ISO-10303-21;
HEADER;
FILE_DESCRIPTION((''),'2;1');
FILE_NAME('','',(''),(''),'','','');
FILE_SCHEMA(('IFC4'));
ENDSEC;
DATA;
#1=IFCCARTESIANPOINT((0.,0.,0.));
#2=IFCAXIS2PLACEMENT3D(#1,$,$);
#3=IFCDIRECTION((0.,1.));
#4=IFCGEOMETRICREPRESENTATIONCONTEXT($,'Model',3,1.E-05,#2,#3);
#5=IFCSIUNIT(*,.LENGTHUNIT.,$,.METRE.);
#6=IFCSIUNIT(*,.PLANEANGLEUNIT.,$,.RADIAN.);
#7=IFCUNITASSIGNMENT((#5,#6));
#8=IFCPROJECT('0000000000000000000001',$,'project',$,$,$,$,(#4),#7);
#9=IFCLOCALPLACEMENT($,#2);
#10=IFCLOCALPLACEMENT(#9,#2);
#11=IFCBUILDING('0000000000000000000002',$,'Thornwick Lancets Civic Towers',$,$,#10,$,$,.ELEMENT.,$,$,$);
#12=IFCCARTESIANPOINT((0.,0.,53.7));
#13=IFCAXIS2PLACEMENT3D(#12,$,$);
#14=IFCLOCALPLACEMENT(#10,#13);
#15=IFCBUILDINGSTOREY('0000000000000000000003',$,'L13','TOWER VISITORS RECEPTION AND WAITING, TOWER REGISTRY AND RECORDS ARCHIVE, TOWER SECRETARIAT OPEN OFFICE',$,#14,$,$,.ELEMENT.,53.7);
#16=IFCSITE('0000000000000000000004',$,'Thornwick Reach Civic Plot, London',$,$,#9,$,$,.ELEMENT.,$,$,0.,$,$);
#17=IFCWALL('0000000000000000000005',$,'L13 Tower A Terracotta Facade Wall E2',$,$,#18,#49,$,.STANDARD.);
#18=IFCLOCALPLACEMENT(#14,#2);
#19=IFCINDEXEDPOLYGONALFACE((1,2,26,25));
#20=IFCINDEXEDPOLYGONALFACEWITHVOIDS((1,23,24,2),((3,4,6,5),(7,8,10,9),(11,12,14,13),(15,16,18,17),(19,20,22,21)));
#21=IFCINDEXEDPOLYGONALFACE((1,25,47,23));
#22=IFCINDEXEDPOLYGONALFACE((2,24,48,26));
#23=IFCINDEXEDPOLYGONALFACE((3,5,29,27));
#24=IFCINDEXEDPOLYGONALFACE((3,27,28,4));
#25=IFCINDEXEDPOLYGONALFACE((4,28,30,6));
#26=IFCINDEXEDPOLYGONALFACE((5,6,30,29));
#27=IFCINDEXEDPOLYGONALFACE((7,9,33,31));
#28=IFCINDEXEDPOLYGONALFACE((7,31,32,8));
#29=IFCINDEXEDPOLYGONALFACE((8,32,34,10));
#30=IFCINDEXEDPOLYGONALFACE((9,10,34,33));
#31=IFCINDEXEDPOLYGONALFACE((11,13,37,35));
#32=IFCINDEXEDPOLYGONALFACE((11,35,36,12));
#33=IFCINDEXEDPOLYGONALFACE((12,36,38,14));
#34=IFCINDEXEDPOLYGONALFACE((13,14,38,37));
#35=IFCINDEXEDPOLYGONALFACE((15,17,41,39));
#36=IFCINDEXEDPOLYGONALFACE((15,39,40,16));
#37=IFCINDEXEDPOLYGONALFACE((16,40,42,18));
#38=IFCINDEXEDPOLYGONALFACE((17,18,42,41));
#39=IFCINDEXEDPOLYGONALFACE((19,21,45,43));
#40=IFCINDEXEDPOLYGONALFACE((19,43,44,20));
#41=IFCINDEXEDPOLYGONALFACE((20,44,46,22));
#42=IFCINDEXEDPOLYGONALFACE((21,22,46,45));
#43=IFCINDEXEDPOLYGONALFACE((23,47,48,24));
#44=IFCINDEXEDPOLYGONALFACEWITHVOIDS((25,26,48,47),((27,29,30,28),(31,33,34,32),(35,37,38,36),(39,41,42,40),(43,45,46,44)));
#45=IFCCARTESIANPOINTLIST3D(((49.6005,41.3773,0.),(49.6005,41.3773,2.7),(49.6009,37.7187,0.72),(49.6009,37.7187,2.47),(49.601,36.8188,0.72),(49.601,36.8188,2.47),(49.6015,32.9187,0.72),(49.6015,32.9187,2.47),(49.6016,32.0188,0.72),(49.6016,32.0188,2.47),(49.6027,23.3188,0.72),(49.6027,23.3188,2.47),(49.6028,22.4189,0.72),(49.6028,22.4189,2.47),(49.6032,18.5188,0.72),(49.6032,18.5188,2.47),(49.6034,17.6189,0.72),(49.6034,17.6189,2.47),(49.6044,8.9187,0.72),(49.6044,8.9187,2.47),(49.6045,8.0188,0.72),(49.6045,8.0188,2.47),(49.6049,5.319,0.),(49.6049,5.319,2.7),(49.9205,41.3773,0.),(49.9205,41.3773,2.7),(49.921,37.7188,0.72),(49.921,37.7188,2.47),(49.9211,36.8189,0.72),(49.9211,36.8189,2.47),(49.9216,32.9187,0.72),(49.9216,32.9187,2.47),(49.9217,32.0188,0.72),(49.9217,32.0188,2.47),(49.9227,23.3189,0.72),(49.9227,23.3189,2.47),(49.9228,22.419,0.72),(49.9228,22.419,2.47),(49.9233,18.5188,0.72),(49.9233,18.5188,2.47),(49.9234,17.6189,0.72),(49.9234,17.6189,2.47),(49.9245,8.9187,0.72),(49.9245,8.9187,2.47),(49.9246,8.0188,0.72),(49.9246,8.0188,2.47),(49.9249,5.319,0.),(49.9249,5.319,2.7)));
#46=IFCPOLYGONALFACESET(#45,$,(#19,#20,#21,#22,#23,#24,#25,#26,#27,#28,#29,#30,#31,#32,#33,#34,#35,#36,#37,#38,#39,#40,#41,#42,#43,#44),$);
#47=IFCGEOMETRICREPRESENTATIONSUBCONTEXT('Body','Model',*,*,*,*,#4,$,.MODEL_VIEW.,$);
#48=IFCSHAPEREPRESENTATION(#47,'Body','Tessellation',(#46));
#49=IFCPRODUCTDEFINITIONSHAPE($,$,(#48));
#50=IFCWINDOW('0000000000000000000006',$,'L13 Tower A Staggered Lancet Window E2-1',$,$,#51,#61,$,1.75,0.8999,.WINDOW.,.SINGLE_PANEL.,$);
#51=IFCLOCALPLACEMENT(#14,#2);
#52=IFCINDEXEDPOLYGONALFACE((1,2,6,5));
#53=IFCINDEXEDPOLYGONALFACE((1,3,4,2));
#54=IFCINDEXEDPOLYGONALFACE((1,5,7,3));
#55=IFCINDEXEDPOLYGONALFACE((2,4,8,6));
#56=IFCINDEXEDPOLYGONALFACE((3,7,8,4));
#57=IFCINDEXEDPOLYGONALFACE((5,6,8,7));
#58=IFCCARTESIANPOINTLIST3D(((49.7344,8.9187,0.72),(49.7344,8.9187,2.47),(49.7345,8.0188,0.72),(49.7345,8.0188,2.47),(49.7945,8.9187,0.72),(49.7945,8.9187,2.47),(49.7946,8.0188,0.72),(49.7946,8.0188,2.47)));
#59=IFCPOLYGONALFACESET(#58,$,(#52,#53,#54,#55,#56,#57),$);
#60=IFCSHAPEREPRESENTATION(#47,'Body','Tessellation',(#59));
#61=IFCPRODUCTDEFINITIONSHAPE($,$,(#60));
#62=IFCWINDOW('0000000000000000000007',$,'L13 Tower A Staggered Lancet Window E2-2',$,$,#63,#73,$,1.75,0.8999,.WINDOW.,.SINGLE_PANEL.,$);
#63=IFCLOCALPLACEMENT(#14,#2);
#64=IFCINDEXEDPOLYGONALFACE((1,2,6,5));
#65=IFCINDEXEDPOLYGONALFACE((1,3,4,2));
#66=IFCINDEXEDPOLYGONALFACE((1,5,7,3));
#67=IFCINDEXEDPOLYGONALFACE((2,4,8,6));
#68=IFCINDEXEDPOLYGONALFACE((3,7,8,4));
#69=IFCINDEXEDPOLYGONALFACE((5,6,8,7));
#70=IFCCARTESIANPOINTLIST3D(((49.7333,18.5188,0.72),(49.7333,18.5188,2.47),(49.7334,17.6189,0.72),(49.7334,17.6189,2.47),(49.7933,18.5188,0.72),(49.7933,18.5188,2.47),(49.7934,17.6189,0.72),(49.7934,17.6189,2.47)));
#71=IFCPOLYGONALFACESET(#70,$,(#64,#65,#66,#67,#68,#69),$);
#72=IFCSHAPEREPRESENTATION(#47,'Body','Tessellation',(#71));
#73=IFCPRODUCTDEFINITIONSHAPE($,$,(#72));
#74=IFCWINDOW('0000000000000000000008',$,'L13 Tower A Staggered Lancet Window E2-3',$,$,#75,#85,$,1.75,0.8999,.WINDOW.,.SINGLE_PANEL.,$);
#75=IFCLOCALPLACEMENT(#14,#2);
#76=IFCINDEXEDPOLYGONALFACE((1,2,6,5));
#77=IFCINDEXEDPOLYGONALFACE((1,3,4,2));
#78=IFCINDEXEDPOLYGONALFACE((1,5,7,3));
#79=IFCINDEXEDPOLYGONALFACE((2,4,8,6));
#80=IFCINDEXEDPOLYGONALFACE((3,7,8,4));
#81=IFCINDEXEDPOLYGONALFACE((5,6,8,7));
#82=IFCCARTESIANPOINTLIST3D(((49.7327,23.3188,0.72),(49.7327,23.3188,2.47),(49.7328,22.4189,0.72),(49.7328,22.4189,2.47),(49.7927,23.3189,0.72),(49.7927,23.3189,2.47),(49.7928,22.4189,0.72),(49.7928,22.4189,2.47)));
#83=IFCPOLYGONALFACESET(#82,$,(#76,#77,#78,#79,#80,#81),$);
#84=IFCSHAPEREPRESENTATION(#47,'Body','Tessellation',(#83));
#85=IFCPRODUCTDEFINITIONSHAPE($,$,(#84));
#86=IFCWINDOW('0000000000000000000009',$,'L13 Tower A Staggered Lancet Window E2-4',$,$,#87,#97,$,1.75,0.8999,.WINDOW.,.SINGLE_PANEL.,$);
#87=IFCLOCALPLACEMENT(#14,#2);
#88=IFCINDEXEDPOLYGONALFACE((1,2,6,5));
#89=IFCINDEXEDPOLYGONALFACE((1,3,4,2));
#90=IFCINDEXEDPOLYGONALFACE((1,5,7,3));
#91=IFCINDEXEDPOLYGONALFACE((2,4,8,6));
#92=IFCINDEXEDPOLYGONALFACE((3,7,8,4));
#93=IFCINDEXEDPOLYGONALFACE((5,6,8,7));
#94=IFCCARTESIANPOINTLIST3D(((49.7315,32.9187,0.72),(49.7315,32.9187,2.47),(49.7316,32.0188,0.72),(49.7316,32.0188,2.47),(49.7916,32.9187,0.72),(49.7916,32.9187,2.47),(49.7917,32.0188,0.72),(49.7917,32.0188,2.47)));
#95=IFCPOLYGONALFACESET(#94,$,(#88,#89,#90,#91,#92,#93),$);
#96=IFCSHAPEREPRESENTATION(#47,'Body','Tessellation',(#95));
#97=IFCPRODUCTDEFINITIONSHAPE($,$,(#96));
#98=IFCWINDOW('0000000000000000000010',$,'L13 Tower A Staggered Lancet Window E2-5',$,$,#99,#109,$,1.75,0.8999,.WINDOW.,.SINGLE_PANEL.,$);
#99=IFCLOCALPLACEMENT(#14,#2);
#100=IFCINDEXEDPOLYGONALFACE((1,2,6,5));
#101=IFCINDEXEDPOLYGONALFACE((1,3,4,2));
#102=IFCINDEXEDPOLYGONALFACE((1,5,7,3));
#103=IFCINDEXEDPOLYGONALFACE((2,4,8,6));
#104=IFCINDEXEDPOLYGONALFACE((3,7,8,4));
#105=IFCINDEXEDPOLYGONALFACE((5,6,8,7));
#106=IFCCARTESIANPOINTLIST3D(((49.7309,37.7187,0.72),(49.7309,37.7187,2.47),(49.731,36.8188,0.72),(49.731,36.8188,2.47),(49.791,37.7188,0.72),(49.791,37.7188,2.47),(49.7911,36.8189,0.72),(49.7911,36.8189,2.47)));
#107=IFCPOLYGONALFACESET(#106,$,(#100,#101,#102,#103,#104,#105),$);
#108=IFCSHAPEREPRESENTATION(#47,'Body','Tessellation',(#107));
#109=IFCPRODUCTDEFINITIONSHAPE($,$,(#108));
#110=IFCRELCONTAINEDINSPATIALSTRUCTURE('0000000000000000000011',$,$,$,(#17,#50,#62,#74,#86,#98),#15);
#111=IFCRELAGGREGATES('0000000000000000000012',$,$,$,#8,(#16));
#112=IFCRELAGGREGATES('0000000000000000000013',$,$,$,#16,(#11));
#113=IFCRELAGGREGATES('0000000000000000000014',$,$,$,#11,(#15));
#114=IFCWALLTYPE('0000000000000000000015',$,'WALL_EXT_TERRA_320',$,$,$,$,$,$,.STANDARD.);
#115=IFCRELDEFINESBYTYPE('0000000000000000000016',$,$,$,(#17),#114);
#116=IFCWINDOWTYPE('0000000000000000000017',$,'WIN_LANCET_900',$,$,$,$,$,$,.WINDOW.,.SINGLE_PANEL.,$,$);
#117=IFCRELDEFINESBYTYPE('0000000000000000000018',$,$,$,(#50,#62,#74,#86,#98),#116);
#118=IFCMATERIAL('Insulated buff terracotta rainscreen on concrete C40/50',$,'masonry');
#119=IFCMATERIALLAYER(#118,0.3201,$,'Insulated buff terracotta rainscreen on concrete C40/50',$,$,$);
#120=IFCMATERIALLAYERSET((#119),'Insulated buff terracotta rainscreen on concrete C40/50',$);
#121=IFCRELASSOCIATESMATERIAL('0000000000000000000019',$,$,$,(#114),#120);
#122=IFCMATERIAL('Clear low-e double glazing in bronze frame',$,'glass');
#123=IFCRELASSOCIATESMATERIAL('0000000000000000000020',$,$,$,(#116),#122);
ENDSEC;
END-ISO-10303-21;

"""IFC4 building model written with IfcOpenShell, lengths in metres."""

from ifc_helpers import new_model, si_unit, direction, frame, frame_2d, origin, place, context, subcontext, project, spatial, rectangle, extrude, material, layer, layer_set, type_object, element, fill, save


model = new_model("IFC4")

# Units and contexts
model_context = context("Model", 3, precision=1e-05, world=origin(), true_north=direction((0.0, 1.0)))
body_context = subcontext(model_context, "Body", "Model", "MODEL_VIEW")
ifc_project = project(units=[si_unit("LENGTHUNIT", "METRE"), si_unit("PLANEANGLEUNIT", "RADIAN")], contexts=[model_context])

# Site, building, storey
site_placement = place(None, origin())
site = spatial("IfcSite", under=ifc_project, at=site_placement, Name="Thornwick Reach Civic Plot, London", CompositionType="ELEMENT", RefElevation=0.0)
building_placement = place(site_placement, origin())
building = spatial("IfcBuilding", under=site, at=building_placement, Name="Thornwick Lancets Civic Towers", CompositionType="ELEMENT")
storey_placement = place(building_placement, frame((0.0, 0.0, 53.7)))
storey = spatial("IfcBuildingStorey", under=building, at=storey_placement, Name="L13", Description="TOWER VISITORS RECEPTION AND WAITING, TOWER REGISTRY AND RECORDS ARCHIVE, TOWER SECRETARIAT OPEN OFFICE", CompositionType="ELEMENT", Elevation=53.7)

# Wall, openings, windows
ifc_material_1 = material(Name="Insulated buff terracotta rainscreen on concrete C40/50", Category="masonry")
ifc_layer_1 = layer(ifc_material_1, 0.3201, Name="Insulated buff terracotta rainscreen on concrete C40/50")
ifc_layer_set_1 = layer_set([ifc_layer_1], Name="Insulated buff terracotta rainscreen on concrete C40/50")
wall_type_1 = type_object("IfcWallType", Name="WALL_EXT_TERRA_320", PredefinedType="STANDARD", material=ifc_layer_set_1)
wall_1_placement = place(storey_placement, frame((49.7649, 5.3188, 0.0), z_axis=(0.0, 0.0, 1.0), x_axis=(-0.000122, 1.0, 0.0)))
wall_1 = element("IfcWall", 1, at=wall_1_placement, inside=storey, type_object=wall_type_1, Name="L13 Tower A Terracotta Facade Wall E2", PredefinedType="STANDARD", context=body_context, shape_type="SweptSolid", body=[
    extrude(rectangle(XDim=36.0583, YDim=0.3201, at=frame_2d((18.0293, 0.0))), origin(), (0.0, 0.0, 1.0), 2.7),
])
opening_1_placement = place(wall_1_placement, frame((2.7, 0.0, 0.72)))
opening_1 = element("IfcOpeningElement", 2, at=opening_1_placement, cuts=wall_1, PredefinedType="OPENING", context=body_context, shape_type="SweptSolid", body=[
    extrude(rectangle(XDim=0.8999, YDim=1.75, at=frame_2d((0.45, 0.875))), frame((0.0, 0.1699, 0.0), z_axis=(0.0, -1.0, 0.0), x_axis=(1.0, 0.0, 0.0)), (0.0, 0.0, 1.0), 0.3401),
])
opening_2_placement = place(wall_1_placement, frame((12.3, 0.0, 0.72)))
opening_2 = element("IfcOpeningElement", 3, at=opening_2_placement, cuts=wall_1, PredefinedType="OPENING", context=body_context, shape_type="SweptSolid", body=[
    extrude(rectangle(XDim=0.8999, YDim=1.75, at=frame_2d((0.45, 0.875))), frame((0.0, 0.1699, 0.0), z_axis=(0.0, -1.0, 0.0), x_axis=(1.0, 0.0, 0.0)), (0.0, 0.0, 1.0), 0.3401),
])
opening_3_placement = place(wall_1_placement, frame((17.1001, 0.0, 0.72)))
opening_3 = element("IfcOpeningElement", 4, at=opening_3_placement, cuts=wall_1, PredefinedType="OPENING", context=body_context, shape_type="SweptSolid", body=[
    extrude(rectangle(XDim=0.8999, YDim=1.75, at=frame_2d((0.45, 0.875))), frame((0.0, 0.1699, 0.0), z_axis=(0.0, -1.0, 0.0), x_axis=(1.0, 0.0, 0.0)), (0.0, 0.0, 1.0), 0.3401),
])
opening_4_placement = place(wall_1_placement, frame((26.7, 0.0, 0.72)))
opening_4 = element("IfcOpeningElement", 5, at=opening_4_placement, cuts=wall_1, PredefinedType="OPENING", context=body_context, shape_type="SweptSolid", body=[
    extrude(rectangle(XDim=0.8999, YDim=1.75, at=frame_2d((0.45, 0.875))), frame((0.0, 0.1699, 0.0), z_axis=(0.0, -1.0, 0.0), x_axis=(1.0, 0.0, 0.0)), (0.0, 0.0, 1.0), 0.3401),
])
opening_5_placement = place(wall_1_placement, frame((31.5, 0.0, 0.72)))
opening_5 = element("IfcOpeningElement", 6, at=opening_5_placement, cuts=wall_1, PredefinedType="OPENING", context=body_context, shape_type="SweptSolid", body=[
    extrude(rectangle(XDim=0.8999, YDim=1.75, at=frame_2d((0.45, 0.875))), frame((0.0, 0.1699, 0.0), z_axis=(0.0, -1.0, 0.0), x_axis=(1.0, 0.0, 0.0)), (0.0, 0.0, 1.0), 0.3401),
])
ifc_material_2 = material(Name="Clear low-e double glazing in bronze frame", Category="glass")
window_type = type_object("IfcWindowType", Name="WIN_LANCET_900", PartitioningType="SINGLE_PANEL", PredefinedType="WINDOW", material=ifc_material_2)
window_1_placement = place(opening_1_placement, origin())
window_1 = element("IfcWindow", 7, at=window_1_placement, inside=storey, type_object=window_type, Name="L13 Tower A Staggered Lancet Window E2-1", OverallHeight=1.75, OverallWidth=0.8999, PartitioningType="SINGLE_PANEL", PredefinedType="WINDOW", context=body_context, shape_type="SweptSolid", body=[
    extrude(rectangle(XDim=0.8999, YDim=1.75, at=frame_2d((0.45, 0.875))), frame((0.0, 0.03, 0.0), z_axis=(0.0, -1.0, 0.0), x_axis=(1.0, 0.0, 0.0)), (0.0, 0.0, 1.0), 0.0601),
])
fill(opening_1, window_1)
window_2_placement = place(opening_2_placement, origin())
window_2 = element("IfcWindow", 8, at=window_2_placement, inside=storey, type_object=window_type, Name="L13 Tower A Staggered Lancet Window E2-2", OverallHeight=1.75, OverallWidth=0.8999, PartitioningType="SINGLE_PANEL", PredefinedType="WINDOW", context=body_context, shape_type="SweptSolid", body=[
    extrude(rectangle(XDim=0.8999, YDim=1.75, at=frame_2d((0.45, 0.875))), frame((0.0, 0.03, 0.0), z_axis=(0.0, -1.0, 0.0), x_axis=(1.0, 0.0, 0.0)), (0.0, 0.0, 1.0), 0.0601),
])
fill(opening_2, window_2)
window_3_placement = place(opening_3_placement, origin())
window_3 = element("IfcWindow", 9, at=window_3_placement, inside=storey, type_object=window_type, Name="L13 Tower A Staggered Lancet Window E2-3", OverallHeight=1.75, OverallWidth=0.8999, PartitioningType="SINGLE_PANEL", PredefinedType="WINDOW", context=body_context, shape_type="SweptSolid", body=[
    extrude(rectangle(XDim=0.8999, YDim=1.75, at=frame_2d((0.45, 0.875))), frame((0.0, 0.03, 0.0), z_axis=(0.0, -1.0, 0.0), x_axis=(1.0, 0.0, 0.0)), (0.0, 0.0, 1.0), 0.0601),
])
fill(opening_3, window_3)
window_4_placement = place(opening_4_placement, origin())
window_4 = element("IfcWindow", 10, at=window_4_placement, inside=storey, type_object=window_type, Name="L13 Tower A Staggered Lancet Window E2-4", OverallHeight=1.75, OverallWidth=0.8999, PartitioningType="SINGLE_PANEL", PredefinedType="WINDOW", context=body_context, shape_type="SweptSolid", body=[
    extrude(rectangle(XDim=0.8999, YDim=1.75, at=frame_2d((0.45, 0.875))), frame((0.0, 0.03, 0.0), z_axis=(0.0, -1.0, 0.0), x_axis=(1.0, 0.0, 0.0)), (0.0, 0.0, 1.0), 0.0601),
])
fill(opening_4, window_4)
window_5_placement = place(opening_5_placement, origin())
window_5 = element("IfcWindow", 11, at=window_5_placement, inside=storey, type_object=window_type, Name="L13 Tower A Staggered Lancet Window E2-5", OverallHeight=1.75, OverallWidth=0.8999, PartitioningType="SINGLE_PANEL", PredefinedType="WINDOW", context=body_context, shape_type="SweptSolid", body=[
    extrude(rectangle(XDim=0.8999, YDim=1.75, at=frame_2d((0.45, 0.875))), frame((0.0, 0.03, 0.0), z_axis=(0.0, -1.0, 0.0), x_axis=(1.0, 0.0, 0.0)), (0.0, 0.0, 1.0), 0.0601),
])
fill(opening_5, window_5)

save(model, "model.ifc")
